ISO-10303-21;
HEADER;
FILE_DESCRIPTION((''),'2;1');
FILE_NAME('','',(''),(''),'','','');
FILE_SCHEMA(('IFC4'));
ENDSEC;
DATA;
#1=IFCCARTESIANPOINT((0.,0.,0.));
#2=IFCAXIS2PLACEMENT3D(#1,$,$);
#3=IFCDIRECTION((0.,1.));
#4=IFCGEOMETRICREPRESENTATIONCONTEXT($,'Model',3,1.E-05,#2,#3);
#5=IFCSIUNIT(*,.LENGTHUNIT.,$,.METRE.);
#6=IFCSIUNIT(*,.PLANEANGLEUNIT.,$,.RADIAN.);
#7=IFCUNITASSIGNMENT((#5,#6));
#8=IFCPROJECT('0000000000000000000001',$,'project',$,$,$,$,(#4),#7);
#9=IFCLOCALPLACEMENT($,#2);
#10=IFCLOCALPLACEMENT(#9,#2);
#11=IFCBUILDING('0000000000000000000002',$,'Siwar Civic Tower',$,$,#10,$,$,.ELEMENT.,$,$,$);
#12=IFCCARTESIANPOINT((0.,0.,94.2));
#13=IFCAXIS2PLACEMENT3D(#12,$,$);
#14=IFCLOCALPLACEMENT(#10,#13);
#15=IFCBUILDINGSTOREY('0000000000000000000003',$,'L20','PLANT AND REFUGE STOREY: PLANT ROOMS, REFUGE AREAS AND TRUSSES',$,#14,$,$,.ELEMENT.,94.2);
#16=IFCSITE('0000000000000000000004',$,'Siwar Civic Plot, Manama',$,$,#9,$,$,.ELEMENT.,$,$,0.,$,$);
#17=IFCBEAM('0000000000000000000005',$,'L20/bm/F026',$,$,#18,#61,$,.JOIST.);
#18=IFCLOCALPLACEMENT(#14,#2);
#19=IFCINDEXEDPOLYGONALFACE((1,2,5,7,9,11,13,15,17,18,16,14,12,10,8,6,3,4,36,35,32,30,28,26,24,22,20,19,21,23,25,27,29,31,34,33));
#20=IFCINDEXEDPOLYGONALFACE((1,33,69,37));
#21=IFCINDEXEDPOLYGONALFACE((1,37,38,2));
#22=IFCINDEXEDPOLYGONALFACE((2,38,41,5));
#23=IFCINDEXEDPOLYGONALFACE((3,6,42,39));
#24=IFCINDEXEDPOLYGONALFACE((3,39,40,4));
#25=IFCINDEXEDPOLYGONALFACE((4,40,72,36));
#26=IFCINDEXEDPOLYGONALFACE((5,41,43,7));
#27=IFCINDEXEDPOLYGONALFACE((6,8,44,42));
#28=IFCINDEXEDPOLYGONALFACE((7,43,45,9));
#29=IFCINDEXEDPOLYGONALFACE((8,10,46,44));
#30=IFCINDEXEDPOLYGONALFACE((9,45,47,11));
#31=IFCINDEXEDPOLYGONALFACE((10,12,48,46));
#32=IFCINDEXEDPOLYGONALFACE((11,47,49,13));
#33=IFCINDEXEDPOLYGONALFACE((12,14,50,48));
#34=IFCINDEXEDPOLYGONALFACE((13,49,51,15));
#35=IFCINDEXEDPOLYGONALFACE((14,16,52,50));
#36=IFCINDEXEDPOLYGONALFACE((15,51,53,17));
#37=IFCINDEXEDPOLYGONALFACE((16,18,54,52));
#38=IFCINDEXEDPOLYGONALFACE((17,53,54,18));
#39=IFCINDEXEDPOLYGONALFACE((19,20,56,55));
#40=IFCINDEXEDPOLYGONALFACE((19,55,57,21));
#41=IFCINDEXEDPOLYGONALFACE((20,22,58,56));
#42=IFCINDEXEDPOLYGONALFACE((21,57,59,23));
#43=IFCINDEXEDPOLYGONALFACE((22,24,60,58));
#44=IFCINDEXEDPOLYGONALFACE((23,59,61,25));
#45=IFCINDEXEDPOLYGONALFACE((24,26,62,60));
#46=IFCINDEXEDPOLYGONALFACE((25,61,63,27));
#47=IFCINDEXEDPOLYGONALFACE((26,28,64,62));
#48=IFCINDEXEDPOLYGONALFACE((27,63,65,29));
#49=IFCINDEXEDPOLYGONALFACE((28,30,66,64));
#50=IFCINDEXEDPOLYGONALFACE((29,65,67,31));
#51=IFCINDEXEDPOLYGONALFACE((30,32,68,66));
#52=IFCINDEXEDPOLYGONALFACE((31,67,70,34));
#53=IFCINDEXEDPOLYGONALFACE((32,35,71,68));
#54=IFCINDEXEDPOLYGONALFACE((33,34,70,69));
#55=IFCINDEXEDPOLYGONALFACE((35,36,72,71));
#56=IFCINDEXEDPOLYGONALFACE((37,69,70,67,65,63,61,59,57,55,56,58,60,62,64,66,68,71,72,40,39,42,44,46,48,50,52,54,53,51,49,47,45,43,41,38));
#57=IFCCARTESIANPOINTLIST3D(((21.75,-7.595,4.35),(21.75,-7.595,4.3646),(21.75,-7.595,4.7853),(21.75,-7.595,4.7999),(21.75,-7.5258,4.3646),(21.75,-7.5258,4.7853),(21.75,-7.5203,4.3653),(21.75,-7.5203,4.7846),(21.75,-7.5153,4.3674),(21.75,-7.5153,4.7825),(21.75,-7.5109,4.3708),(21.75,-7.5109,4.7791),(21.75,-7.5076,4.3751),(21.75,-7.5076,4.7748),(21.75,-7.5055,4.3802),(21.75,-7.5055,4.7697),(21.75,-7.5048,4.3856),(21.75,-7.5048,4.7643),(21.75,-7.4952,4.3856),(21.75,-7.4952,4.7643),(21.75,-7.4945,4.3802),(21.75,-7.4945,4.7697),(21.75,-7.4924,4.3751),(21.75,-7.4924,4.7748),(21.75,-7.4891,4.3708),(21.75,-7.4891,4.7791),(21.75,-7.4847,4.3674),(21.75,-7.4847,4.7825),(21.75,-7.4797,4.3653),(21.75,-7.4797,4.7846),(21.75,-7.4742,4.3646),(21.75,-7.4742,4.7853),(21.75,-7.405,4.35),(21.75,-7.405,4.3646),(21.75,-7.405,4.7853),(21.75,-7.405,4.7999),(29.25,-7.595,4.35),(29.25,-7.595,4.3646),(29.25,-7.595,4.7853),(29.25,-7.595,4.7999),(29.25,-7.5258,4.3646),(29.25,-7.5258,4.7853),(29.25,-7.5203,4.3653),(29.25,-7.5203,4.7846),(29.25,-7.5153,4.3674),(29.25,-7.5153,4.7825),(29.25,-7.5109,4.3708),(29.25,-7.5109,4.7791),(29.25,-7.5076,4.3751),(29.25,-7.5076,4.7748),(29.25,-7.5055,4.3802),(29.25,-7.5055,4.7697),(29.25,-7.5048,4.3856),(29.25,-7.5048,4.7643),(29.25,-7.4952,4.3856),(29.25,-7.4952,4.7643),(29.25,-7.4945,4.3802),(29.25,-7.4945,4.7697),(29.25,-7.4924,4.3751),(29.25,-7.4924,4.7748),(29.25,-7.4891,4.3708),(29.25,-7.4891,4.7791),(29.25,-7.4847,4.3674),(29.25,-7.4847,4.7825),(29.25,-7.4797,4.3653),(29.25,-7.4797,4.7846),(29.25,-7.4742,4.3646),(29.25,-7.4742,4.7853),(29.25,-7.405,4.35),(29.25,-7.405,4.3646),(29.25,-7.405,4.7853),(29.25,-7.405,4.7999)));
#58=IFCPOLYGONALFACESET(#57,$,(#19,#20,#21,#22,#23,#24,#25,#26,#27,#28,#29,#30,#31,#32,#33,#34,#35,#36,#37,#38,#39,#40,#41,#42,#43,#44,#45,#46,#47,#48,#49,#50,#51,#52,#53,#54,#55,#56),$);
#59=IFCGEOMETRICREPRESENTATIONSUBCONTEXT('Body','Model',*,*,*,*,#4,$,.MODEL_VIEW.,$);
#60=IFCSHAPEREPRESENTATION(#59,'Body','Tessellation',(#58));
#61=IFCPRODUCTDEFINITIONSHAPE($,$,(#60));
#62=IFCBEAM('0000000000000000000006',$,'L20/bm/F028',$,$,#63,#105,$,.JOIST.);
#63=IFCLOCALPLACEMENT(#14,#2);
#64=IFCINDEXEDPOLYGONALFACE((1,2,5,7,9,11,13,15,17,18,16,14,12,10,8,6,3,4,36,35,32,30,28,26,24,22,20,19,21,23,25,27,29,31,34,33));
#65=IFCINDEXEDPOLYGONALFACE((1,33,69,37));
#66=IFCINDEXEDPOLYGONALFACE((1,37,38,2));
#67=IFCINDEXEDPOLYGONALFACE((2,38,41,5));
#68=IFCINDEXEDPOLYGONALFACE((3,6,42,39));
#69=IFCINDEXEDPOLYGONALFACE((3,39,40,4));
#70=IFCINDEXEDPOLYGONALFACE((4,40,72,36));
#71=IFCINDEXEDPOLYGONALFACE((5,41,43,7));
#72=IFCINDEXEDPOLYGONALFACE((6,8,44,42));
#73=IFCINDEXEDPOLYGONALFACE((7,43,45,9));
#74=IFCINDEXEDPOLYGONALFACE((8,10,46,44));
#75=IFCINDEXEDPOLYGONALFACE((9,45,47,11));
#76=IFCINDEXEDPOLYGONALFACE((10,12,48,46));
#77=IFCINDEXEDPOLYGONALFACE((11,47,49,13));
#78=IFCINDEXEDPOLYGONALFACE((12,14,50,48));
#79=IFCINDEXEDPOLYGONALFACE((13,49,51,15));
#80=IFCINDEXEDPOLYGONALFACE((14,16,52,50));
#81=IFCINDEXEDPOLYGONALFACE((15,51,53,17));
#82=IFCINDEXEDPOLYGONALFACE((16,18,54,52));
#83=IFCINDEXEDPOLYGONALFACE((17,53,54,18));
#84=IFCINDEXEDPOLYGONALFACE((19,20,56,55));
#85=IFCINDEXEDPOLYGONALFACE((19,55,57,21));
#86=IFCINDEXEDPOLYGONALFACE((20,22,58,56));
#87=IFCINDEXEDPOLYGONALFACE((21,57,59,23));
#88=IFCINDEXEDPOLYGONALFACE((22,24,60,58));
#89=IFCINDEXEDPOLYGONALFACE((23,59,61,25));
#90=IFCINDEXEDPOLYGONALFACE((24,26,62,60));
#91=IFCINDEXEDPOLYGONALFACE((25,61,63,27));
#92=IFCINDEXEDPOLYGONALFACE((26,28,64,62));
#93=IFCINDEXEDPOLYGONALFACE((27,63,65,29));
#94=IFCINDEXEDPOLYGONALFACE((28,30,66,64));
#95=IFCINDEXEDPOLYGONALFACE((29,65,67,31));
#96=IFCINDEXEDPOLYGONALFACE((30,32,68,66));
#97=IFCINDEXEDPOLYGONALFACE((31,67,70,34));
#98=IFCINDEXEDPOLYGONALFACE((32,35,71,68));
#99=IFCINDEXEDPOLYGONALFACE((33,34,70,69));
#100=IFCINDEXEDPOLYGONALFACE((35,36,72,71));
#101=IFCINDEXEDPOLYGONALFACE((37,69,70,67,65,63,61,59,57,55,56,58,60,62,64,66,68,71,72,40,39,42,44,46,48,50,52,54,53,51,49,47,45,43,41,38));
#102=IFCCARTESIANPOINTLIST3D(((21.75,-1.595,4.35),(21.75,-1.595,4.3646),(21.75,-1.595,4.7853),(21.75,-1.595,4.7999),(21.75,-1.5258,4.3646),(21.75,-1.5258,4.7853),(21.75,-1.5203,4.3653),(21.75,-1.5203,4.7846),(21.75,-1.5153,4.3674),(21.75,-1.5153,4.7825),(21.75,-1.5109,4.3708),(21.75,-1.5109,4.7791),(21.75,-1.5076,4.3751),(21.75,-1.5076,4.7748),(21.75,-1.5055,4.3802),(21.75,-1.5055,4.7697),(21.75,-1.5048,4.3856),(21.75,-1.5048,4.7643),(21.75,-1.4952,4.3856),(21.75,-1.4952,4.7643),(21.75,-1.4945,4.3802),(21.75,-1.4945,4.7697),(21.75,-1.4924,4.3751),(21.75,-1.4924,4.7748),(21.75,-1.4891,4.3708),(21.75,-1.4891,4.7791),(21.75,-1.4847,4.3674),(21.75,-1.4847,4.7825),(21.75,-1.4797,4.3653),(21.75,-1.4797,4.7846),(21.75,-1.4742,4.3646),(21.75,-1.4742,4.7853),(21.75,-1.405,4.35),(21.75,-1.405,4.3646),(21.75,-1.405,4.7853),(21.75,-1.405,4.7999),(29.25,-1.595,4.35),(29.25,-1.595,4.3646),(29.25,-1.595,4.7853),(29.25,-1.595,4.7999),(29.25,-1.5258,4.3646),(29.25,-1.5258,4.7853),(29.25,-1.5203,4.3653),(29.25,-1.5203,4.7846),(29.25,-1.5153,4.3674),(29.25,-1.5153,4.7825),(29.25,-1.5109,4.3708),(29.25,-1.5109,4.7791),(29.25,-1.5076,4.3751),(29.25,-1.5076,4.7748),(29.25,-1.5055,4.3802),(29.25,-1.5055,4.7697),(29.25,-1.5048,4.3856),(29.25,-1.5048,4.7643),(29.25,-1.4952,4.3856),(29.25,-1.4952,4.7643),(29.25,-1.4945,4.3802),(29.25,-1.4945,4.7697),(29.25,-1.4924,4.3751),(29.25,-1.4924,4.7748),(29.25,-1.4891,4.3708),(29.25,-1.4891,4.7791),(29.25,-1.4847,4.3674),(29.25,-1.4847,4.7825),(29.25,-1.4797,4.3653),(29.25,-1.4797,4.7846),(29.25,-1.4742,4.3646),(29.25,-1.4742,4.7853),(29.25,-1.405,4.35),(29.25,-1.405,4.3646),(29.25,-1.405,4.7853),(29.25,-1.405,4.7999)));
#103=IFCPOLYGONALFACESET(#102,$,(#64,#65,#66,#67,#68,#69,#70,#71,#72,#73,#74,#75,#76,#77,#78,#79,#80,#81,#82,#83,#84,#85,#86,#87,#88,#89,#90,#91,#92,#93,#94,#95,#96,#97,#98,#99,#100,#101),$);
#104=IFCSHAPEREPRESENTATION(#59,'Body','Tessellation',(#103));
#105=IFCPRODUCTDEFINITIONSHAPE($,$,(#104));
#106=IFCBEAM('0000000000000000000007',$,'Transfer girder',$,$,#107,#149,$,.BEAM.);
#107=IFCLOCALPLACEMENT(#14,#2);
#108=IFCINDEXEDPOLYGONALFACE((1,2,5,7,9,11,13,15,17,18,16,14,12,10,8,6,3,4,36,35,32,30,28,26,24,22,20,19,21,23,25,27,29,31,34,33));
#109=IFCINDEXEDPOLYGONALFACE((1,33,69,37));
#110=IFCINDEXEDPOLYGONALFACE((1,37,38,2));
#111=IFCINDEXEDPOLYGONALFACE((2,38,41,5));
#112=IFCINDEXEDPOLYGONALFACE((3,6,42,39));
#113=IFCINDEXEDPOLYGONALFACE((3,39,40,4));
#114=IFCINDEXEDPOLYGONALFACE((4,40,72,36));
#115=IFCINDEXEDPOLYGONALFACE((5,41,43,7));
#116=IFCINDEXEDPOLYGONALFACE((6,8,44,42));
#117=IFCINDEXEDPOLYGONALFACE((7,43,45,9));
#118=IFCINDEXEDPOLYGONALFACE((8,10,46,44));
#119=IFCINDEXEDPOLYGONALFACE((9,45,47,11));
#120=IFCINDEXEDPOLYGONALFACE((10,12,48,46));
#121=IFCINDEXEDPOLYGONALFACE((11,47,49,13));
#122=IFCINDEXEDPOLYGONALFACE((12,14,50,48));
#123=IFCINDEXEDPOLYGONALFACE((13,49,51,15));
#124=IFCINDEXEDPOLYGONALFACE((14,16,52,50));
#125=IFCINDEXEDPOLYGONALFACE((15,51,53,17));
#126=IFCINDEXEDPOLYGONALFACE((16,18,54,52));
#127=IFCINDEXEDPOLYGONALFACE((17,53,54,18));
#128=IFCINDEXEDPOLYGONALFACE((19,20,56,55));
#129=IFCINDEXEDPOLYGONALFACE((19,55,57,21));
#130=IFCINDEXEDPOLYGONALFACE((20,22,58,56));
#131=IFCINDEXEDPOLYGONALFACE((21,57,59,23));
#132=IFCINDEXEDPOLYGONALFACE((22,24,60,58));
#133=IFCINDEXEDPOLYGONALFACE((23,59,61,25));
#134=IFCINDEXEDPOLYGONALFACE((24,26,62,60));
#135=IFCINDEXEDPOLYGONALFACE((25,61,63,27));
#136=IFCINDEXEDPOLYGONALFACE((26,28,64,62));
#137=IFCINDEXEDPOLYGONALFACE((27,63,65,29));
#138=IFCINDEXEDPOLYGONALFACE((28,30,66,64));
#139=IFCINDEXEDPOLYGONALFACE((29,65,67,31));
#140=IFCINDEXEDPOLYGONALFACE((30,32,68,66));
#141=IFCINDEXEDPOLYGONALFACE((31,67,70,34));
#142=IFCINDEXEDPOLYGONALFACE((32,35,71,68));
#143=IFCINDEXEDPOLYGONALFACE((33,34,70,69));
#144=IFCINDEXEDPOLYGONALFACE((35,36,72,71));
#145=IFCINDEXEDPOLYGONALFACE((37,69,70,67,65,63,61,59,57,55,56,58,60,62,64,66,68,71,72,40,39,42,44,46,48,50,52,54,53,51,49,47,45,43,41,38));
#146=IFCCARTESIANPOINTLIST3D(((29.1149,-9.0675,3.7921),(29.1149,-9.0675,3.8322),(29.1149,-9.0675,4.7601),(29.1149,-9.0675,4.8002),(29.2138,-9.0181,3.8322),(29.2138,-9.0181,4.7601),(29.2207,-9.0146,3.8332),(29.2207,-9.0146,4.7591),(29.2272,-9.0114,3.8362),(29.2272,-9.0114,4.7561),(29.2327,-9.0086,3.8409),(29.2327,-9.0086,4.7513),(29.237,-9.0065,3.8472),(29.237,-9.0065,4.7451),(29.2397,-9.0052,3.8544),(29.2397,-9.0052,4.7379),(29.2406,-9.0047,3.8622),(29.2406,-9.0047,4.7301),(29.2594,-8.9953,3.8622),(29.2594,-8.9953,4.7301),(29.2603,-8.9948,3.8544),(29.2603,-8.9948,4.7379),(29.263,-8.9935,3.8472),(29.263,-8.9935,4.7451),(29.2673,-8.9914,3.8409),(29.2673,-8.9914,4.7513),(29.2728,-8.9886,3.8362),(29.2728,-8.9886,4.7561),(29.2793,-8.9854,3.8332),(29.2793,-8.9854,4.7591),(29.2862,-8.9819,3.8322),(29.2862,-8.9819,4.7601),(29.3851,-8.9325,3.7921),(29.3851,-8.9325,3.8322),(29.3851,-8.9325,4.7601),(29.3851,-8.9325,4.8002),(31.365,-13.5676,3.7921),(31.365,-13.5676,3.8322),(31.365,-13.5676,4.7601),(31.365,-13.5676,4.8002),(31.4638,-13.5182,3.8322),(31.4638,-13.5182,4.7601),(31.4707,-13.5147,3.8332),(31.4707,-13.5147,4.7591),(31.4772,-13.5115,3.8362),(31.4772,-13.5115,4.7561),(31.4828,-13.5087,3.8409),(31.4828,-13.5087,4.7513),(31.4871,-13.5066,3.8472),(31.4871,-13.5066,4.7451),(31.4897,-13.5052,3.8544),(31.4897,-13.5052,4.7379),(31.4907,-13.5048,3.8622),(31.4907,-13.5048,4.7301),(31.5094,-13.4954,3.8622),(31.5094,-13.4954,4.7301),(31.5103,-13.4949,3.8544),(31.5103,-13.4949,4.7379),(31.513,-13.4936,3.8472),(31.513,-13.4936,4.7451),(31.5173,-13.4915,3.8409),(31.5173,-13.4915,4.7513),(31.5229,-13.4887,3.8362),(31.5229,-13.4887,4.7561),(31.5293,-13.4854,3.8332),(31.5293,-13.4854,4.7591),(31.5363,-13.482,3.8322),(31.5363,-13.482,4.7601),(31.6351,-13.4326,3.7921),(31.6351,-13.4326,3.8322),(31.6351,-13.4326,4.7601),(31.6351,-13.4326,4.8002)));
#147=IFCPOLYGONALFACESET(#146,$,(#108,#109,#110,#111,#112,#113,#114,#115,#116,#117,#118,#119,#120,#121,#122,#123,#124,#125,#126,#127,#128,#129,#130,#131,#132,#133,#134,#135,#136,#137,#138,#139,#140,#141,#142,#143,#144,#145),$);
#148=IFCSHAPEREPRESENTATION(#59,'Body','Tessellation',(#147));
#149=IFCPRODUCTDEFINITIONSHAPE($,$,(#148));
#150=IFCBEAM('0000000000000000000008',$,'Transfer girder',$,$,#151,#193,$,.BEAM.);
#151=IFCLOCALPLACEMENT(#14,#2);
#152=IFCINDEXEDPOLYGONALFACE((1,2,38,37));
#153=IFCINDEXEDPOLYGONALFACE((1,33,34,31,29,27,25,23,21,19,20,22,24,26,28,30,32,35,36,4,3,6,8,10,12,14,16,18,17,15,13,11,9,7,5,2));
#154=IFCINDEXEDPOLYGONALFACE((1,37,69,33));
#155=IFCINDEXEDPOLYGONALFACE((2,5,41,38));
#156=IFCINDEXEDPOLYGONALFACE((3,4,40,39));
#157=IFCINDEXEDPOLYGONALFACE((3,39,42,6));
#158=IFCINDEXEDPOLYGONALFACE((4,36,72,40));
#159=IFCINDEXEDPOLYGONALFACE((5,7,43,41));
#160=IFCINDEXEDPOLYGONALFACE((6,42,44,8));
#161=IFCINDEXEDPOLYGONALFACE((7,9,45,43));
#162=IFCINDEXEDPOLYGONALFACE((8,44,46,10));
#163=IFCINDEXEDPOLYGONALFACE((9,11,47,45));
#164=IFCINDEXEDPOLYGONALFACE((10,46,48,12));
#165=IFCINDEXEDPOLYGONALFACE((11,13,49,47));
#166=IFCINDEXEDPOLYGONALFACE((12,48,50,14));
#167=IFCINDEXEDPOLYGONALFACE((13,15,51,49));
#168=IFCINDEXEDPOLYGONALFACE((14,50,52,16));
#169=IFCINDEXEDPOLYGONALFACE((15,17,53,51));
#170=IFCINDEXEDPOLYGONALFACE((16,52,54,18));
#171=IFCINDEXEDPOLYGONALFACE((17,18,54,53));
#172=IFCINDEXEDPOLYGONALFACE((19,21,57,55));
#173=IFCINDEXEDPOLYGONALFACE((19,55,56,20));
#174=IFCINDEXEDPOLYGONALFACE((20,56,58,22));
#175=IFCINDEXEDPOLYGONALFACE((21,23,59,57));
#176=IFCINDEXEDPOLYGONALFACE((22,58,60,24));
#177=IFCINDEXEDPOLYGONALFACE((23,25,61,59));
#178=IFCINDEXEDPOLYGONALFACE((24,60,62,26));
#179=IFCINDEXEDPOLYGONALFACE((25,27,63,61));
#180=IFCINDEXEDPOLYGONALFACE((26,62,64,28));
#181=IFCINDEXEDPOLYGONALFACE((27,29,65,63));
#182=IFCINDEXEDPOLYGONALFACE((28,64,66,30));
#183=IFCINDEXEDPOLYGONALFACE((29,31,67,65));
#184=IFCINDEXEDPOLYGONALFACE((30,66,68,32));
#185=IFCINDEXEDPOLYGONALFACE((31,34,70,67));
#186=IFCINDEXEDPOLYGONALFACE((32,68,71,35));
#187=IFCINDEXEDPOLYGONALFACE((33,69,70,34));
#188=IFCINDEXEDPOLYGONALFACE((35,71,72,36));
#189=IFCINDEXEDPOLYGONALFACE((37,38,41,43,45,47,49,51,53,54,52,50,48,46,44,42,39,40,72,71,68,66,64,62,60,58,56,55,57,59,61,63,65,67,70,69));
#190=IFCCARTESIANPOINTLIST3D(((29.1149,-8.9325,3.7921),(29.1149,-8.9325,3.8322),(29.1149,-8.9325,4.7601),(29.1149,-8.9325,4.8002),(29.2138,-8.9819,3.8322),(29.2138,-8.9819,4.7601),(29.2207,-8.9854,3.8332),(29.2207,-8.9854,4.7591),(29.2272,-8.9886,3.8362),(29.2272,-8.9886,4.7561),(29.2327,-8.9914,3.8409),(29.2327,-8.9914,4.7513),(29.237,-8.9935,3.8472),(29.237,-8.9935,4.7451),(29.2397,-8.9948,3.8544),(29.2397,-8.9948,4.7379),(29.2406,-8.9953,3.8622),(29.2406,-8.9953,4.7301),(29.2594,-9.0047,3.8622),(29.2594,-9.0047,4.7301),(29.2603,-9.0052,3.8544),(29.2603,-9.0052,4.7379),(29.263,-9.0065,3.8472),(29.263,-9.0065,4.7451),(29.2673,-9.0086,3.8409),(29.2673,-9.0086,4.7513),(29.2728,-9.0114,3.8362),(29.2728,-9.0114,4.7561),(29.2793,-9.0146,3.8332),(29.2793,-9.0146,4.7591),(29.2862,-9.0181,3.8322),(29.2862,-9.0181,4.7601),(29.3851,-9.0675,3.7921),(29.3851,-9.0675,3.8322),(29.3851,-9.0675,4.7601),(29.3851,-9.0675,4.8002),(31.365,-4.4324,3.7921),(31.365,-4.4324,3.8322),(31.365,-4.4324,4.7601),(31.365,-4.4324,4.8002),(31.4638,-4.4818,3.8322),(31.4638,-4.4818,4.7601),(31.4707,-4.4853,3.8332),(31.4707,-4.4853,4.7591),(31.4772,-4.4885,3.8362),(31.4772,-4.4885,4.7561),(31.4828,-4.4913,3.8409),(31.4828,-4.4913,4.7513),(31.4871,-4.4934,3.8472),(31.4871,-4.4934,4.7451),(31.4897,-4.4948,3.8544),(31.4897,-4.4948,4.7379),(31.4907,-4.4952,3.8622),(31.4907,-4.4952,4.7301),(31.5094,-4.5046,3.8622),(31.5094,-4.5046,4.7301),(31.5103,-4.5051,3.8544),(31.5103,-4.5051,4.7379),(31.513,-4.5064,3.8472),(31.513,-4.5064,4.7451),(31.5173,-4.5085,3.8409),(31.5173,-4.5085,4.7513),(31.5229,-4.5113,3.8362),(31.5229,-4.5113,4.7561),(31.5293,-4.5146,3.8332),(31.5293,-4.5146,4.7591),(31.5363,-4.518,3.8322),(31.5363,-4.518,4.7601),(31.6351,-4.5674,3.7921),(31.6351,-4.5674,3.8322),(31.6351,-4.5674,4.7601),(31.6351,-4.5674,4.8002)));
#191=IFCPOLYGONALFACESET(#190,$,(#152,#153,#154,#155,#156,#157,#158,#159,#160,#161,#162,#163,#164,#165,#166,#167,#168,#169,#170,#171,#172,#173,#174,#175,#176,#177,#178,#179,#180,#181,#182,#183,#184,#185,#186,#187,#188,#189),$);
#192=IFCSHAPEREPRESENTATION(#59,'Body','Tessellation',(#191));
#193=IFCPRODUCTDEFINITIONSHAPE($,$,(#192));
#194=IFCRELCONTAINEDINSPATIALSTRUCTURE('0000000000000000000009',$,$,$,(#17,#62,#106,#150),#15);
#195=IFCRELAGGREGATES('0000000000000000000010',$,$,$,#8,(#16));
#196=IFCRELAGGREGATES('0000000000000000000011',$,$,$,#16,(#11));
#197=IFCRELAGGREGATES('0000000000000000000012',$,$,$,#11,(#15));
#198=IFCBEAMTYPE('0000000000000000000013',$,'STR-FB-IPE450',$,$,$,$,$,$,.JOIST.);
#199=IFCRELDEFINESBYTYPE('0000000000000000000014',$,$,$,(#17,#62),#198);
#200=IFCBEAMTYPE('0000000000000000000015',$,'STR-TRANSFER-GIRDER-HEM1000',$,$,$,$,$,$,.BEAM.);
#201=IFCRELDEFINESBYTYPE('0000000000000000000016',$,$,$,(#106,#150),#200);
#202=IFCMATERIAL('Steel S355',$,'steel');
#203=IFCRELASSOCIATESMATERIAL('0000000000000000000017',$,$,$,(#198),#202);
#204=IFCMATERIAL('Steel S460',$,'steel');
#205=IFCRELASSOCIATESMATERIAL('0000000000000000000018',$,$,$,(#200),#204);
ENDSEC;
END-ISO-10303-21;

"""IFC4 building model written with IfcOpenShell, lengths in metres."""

from ifc_helpers import new_model, si_unit, direction, frame, origin, origin_2d, place, context, subcontext, project, spatial, i_section, extrude, material, material_profile, profile_set, type_object, element, save


model = new_model("IFC4")

# Units and contexts
model_context = context("Model", 3, precision=1e-05, world=origin(), true_north=direction((0.0, 1.0)))
body_context = subcontext(model_context, "Body", "Model", "MODEL_VIEW")
ifc_project = project(units=[si_unit("LENGTHUNIT", "METRE"), si_unit("PLANEANGLEUNIT", "RADIAN")], contexts=[model_context])

# Site, building, storey
site_placement = place(None, origin())
site = spatial("IfcSite", under=ifc_project, at=site_placement, Name="Siwar Civic Plot, Manama", CompositionType="ELEMENT", RefElevation=0.0)
building_placement = place(site_placement, origin())
building = spatial("IfcBuilding", under=site, at=building_placement, Name="Siwar Civic Tower", CompositionType="ELEMENT")
storey_placement = place(building_placement, frame((0.0, 0.0, 94.2)))
storey = spatial("IfcBuildingStorey", under=building, at=storey_placement, Name="L20", Description="PLANT AND REFUGE STOREY: PLANT ROOMS, REFUGE AREAS AND TRUSSES", CompositionType="ELEMENT", Elevation=94.2)

# Beams
ifc_material_1 = material(Name="Steel S355", Category="steel")
ifc_material_profile_1 = material_profile(ifc_material_1, i_section(OverallWidth=0.1899, OverallDepth=0.45, WebThickness=0.0095, FlangeThickness=0.0146, FilletRadius=0.021, at=origin_2d()), Name="IPE450")
ifc_profile_set_1 = profile_set([ifc_material_profile_1], Name="Steel S355")
beam_type_1 = type_object("IfcBeamType", Name="STR-FB-IPE450", PredefinedType="JOIST", material=ifc_profile_set_1)
for number, where, z_axis, x_axis, name in (
    (1, (21.75, -7.5, 4.575), (1.0, 0.0, 0.0), (0.0, 1.0, 0.0), "L20/bm/F026"),
    (2, (21.75, -1.5, 4.575), (1.0, 0.0, 0.0), (0.0, 1.0, 0.0), "L20/bm/F028"),
):
    element("IfcBeam", number, at=place(storey_placement, frame(where, z_axis=z_axis, x_axis=x_axis)), inside=storey, type_object=beam_type_1, Name=name, PredefinedType="JOIST", context=body_context, shape_type="SweptSolid", body=[
        extrude(i_section(OverallWidth=0.1899, OverallDepth=0.45, WebThickness=0.0095, FlangeThickness=0.0146, FilletRadius=0.021, at=origin_2d()), origin(), (0.0, 0.0, 1.0), 7.5),
    ])
ifc_material_2 = material(Name="Steel S460", Category="steel")
ifc_material_profile_2 = material_profile(ifc_material_2, i_section(OverallWidth=0.302, OverallDepth=1.0081, WebThickness=0.021, FlangeThickness=0.04, FilletRadius=0.03, at=origin_2d()), Name="HEM1000")
ifc_profile_set_2 = profile_set([ifc_material_profile_2], Name="Steel S460")
beam_type_2 = type_object("IfcBeamType", Name="STR-TRANSFER-GIRDER-HEM1000", PredefinedType="BEAM", material=ifc_profile_set_2)
for number, where, z_axis, x_axis, name in (
    (3, (29.25, -9.0, 4.2961), (0.447214, -0.894427, 0.0), (0.894427, 0.447214, 0.0), "Transfer girder"),
    (4, (29.25, -9.0, 4.2961), (0.447214, 0.894427, 0.0), (-0.894427, 0.447214, 0.0), "Transfer girder"),
):
    element("IfcBeam", number, at=place(storey_placement, frame(where, z_axis=z_axis, x_axis=x_axis)), inside=storey, type_object=beam_type_2, Name=name, PredefinedType="BEAM", context=body_context, shape_type="SweptSolid", body=[
        extrude(i_section(OverallWidth=0.302, OverallDepth=1.0081, WebThickness=0.021, FlangeThickness=0.04, FilletRadius=0.03, at=origin_2d()), origin(), (0.0, 0.0, 1.0), 5.0312),
    ])

save(model, "model.ifc")
